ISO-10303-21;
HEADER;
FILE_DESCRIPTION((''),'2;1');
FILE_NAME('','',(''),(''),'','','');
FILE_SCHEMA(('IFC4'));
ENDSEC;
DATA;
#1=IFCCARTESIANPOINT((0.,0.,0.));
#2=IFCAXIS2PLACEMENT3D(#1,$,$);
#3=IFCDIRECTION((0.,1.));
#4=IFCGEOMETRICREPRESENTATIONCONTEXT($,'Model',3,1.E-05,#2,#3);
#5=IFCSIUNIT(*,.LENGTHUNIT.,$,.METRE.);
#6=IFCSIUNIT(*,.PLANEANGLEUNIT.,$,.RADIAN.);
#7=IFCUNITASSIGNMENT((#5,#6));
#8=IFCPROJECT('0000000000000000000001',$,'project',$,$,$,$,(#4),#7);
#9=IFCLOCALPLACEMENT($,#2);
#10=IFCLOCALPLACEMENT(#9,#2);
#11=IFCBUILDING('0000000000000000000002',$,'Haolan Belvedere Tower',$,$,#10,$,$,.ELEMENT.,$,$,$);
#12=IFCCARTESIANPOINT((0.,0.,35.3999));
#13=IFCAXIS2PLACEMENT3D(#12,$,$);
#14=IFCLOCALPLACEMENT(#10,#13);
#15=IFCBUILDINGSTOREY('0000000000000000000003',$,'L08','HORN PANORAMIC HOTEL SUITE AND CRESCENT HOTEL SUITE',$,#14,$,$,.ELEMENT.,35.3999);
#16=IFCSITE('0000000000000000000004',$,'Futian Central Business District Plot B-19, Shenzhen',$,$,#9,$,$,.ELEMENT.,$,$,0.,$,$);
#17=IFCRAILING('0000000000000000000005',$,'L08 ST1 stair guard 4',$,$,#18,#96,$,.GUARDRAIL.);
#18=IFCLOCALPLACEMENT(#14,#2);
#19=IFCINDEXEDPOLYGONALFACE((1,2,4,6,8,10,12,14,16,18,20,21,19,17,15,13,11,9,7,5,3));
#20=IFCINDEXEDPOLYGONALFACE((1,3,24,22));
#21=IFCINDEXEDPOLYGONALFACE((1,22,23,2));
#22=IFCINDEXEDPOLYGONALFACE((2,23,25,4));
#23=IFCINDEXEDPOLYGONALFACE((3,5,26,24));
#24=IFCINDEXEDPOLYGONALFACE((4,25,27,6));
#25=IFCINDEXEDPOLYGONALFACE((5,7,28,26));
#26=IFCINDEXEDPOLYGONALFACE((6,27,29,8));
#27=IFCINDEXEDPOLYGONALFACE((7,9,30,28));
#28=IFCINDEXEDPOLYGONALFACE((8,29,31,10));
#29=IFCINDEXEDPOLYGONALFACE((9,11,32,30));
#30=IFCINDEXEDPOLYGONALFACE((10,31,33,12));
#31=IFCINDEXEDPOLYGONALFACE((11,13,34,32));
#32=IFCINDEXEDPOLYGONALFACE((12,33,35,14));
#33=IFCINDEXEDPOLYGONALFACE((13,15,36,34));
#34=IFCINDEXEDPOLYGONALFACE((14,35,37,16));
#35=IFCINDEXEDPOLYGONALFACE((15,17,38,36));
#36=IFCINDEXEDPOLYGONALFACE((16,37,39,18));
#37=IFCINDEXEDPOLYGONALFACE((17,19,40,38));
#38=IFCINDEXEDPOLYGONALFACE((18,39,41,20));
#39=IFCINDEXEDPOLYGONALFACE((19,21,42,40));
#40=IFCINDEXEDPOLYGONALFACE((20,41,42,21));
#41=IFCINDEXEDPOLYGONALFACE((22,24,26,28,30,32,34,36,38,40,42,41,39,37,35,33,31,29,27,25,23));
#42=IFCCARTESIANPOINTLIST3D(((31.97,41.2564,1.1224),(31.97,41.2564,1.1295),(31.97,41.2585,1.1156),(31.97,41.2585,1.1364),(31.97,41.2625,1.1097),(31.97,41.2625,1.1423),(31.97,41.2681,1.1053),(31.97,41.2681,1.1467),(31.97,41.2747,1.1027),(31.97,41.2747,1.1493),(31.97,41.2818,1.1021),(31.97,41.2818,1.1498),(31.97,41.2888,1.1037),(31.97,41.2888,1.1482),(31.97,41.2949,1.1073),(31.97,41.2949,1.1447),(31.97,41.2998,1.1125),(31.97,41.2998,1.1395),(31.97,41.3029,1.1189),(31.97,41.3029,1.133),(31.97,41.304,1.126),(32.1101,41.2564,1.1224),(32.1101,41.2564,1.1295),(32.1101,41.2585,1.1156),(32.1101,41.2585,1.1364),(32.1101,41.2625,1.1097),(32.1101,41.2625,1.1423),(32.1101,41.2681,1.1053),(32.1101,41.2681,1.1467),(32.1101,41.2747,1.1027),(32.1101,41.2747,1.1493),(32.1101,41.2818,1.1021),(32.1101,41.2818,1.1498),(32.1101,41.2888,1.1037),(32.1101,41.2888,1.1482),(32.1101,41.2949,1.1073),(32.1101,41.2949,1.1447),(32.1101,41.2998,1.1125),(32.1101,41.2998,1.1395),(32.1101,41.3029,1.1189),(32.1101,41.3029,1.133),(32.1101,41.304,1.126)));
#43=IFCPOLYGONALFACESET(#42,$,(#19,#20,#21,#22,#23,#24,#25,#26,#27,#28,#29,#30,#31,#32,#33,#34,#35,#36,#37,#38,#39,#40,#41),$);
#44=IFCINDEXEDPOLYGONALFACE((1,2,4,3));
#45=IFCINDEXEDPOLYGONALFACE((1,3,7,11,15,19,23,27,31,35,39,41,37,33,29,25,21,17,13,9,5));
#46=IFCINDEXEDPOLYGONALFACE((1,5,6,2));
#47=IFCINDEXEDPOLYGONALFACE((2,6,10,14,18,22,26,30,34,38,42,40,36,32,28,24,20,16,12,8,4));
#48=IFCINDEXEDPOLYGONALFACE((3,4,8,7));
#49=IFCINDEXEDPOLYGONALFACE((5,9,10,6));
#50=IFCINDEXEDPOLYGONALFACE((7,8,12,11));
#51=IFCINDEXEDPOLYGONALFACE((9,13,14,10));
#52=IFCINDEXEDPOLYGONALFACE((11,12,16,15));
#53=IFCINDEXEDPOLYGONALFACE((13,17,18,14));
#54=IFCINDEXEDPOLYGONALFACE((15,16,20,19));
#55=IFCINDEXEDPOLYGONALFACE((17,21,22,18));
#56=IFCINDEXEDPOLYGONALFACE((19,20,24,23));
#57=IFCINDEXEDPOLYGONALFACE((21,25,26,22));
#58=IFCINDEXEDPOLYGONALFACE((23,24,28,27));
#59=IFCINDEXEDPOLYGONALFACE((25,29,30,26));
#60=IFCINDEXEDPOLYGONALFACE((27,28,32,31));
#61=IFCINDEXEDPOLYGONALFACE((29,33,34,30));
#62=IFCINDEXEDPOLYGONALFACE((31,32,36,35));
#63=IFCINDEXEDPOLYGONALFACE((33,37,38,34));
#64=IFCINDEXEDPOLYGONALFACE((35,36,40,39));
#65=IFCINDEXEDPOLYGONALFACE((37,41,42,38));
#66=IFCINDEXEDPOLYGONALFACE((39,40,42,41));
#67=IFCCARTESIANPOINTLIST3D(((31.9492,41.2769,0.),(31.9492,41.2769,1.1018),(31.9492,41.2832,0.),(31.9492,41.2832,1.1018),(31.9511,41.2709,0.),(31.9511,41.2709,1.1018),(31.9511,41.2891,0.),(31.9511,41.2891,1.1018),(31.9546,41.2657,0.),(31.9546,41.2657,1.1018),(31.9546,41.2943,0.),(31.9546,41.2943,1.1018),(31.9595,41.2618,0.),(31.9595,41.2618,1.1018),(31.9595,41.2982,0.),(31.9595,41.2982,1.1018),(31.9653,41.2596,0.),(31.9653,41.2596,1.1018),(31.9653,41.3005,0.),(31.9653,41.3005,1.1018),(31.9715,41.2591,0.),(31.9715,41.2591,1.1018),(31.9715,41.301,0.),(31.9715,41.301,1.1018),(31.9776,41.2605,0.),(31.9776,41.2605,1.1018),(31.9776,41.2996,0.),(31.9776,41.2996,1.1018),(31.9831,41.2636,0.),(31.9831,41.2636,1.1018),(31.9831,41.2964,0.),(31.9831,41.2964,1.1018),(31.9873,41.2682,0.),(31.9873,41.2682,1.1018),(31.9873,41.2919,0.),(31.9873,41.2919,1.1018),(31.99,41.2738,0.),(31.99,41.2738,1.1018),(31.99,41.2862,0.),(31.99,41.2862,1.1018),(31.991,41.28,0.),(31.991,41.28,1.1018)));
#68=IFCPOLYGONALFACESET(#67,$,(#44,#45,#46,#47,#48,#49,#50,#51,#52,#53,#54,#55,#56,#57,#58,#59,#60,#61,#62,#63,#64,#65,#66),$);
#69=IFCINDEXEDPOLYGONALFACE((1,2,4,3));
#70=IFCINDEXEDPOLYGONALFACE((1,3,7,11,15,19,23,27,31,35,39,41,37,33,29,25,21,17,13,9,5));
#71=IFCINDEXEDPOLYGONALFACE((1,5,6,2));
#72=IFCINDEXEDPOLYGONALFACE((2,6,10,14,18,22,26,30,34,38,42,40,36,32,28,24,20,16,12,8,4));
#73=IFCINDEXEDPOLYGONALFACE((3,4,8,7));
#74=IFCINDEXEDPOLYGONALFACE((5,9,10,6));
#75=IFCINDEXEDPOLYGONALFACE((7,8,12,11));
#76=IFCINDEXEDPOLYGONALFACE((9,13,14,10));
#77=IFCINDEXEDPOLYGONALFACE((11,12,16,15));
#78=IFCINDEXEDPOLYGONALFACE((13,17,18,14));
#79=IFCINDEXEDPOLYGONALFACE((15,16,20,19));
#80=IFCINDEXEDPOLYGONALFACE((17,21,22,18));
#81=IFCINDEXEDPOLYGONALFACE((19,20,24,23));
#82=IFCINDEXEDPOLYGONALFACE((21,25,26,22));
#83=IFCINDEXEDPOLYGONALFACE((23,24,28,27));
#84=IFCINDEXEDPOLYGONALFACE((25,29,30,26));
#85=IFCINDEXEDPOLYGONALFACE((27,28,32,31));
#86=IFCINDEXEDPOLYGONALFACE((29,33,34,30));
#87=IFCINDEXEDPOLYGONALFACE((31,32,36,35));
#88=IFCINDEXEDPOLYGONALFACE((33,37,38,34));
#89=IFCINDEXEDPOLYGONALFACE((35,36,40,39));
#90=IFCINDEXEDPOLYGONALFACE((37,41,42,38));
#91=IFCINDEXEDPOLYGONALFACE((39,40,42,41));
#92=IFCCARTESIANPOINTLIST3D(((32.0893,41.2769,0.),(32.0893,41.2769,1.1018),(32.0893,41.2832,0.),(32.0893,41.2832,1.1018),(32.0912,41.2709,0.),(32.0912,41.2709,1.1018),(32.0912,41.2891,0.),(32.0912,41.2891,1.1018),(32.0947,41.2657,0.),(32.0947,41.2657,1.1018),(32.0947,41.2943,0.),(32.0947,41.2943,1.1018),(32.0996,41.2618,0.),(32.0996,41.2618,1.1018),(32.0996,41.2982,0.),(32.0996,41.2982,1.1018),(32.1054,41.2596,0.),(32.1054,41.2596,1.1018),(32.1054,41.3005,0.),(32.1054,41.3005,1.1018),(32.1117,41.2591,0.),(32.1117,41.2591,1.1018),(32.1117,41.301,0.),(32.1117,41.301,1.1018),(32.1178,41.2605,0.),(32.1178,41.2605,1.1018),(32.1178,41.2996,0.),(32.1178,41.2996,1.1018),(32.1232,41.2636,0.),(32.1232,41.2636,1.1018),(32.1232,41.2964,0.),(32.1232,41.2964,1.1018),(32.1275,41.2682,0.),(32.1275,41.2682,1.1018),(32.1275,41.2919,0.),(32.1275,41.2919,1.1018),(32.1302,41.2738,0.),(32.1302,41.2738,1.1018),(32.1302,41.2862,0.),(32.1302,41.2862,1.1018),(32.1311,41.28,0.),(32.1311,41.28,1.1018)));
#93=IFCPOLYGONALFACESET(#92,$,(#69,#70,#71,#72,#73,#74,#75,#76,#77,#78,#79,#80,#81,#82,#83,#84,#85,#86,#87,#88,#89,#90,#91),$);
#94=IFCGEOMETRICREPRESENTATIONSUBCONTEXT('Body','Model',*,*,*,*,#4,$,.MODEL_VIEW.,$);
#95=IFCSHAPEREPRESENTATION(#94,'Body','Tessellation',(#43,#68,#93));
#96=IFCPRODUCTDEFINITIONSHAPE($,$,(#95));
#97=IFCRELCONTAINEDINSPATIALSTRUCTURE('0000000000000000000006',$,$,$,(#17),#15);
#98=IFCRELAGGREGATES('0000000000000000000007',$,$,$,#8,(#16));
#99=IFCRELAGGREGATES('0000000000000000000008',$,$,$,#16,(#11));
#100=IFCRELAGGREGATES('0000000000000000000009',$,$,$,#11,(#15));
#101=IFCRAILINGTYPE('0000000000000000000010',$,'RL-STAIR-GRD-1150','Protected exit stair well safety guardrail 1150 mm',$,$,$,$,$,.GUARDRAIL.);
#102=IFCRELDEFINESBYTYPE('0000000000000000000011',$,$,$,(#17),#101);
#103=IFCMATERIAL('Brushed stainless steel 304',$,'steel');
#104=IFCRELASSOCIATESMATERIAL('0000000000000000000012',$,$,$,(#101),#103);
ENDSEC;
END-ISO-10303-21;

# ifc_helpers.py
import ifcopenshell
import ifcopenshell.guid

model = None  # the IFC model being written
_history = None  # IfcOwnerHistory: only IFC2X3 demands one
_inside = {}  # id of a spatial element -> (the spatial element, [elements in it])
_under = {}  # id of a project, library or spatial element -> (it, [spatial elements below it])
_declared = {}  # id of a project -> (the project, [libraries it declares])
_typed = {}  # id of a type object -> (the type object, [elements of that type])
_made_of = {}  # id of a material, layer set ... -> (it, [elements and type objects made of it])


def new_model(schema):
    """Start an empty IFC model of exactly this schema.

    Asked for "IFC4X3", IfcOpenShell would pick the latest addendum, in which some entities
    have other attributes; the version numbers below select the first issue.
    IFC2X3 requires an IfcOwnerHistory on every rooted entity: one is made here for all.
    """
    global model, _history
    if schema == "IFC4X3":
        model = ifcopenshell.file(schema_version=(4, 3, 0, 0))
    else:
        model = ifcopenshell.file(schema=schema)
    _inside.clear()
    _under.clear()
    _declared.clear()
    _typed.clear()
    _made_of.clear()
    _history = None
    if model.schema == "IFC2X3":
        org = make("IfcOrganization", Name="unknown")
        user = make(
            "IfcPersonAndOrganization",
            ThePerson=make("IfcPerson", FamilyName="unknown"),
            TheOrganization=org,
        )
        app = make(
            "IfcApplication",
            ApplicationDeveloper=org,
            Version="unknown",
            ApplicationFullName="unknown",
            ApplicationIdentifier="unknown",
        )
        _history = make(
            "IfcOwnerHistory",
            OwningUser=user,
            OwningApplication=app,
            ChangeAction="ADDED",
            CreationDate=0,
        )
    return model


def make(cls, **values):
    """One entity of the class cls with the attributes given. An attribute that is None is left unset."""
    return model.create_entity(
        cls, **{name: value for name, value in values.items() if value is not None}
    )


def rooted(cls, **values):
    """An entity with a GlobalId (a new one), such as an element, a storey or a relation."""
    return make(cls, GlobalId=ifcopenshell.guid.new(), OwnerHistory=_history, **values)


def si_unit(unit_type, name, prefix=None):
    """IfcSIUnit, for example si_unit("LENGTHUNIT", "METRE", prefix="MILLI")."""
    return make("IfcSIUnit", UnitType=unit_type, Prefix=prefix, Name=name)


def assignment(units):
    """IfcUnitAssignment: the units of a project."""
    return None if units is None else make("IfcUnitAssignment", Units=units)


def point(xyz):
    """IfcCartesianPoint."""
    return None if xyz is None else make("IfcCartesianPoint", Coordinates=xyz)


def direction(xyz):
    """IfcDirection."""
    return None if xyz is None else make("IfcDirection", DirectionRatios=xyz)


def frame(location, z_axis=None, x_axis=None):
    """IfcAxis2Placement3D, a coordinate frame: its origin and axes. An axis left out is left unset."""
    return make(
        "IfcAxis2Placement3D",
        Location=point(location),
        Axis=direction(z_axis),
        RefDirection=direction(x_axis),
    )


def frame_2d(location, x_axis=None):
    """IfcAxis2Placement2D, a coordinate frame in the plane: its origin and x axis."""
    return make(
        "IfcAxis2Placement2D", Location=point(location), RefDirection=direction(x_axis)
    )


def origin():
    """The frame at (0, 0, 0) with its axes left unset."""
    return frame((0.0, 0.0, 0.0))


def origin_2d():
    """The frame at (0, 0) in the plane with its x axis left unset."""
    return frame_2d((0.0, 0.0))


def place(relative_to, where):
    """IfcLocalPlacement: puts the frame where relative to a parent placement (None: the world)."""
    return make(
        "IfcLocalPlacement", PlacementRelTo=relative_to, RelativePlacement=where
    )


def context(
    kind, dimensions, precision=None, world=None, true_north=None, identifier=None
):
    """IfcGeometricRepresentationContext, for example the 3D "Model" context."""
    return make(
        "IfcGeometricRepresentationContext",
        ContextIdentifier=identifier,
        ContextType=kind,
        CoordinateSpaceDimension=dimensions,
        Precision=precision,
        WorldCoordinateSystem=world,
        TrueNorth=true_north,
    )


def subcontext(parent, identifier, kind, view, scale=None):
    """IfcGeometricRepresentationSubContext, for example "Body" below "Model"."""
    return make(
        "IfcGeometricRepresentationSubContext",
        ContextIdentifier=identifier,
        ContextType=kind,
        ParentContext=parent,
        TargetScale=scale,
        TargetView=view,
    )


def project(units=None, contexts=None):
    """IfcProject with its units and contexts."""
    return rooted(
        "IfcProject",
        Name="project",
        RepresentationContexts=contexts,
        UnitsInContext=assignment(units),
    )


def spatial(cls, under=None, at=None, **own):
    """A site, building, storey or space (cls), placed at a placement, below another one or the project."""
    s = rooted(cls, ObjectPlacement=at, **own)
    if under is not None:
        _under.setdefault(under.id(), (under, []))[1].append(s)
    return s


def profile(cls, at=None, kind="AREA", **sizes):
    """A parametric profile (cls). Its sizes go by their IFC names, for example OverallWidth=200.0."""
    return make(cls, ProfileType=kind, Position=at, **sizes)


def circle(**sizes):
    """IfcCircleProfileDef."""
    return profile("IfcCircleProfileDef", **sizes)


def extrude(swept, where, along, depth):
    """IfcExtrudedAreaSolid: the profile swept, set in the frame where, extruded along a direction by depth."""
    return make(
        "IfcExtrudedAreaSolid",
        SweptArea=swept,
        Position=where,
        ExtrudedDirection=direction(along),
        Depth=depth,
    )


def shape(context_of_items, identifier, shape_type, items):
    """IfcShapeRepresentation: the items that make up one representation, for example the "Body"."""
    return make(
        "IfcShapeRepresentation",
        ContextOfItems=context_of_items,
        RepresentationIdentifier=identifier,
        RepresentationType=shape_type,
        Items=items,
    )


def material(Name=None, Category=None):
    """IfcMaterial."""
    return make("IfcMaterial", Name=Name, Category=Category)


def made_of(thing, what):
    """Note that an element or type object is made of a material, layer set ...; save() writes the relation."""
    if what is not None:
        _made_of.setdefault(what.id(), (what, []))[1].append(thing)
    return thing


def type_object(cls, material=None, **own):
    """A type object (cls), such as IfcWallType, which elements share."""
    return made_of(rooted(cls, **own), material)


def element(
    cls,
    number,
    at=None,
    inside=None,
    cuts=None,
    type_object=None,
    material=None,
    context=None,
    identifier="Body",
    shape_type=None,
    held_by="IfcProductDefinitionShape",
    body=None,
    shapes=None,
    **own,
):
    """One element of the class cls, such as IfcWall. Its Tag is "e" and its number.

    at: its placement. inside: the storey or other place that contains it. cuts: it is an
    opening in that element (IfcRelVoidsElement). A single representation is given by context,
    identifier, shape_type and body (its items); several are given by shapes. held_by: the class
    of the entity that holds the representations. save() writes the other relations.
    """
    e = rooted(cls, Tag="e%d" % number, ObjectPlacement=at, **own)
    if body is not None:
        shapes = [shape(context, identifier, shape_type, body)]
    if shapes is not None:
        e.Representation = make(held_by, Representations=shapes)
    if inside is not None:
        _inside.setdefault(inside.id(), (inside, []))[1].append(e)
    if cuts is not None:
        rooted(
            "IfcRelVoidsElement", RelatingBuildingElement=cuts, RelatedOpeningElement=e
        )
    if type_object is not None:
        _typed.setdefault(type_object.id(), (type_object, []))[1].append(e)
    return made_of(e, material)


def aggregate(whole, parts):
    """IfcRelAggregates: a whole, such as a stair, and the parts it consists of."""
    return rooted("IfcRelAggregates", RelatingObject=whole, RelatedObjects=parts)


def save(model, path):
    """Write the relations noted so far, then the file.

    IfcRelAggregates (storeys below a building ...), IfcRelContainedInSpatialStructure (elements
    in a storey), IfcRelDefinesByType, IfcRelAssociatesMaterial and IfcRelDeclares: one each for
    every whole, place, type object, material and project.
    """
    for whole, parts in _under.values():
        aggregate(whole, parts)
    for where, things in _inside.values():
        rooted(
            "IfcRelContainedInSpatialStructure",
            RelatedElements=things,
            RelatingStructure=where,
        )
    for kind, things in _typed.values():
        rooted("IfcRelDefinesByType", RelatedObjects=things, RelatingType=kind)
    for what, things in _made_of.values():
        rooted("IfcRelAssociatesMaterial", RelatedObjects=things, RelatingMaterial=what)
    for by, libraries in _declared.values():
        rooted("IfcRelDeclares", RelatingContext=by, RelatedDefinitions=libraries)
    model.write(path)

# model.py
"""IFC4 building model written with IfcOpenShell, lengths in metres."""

from ifc_helpers import new_model, si_unit, direction, frame, origin, origin_2d, place, context, subcontext, project, spatial, circle, extrude, material, type_object, element, save


model = new_model("IFC4")

# Units and contexts
model_context = context("Model", 3, precision=1e-05, world=origin(), true_north=direction((0.0, 1.0)))
body_context = subcontext(model_context, "Body", "Model", "MODEL_VIEW")
ifc_project = project(units=[si_unit("LENGTHUNIT", "METRE"), si_unit("PLANEANGLEUNIT", "RADIAN")], contexts=[model_context])

# Site, building, storey
site_placement = place(None, origin())
site = spatial("IfcSite", under=ifc_project, at=site_placement, Name="Futian Central Business District Plot B-19, Shenzhen", CompositionType="ELEMENT", RefElevation=0.0)
building_placement = place(site_placement, origin())
building = spatial("IfcBuilding", under=site, at=building_placement, Name="Haolan Belvedere Tower", CompositionType="ELEMENT")
storey_placement = place(building_placement, frame((0.0, 0.0, 35.3999)))
storey = spatial("IfcBuildingStorey", under=building, at=storey_placement, Name="L08", Description="HORN PANORAMIC HOTEL SUITE AND CRESCENT HOTEL SUITE", CompositionType="ELEMENT", Elevation=35.3999)

# Railing
ifc_material_1 = material(Name="Brushed stainless steel 304", Category="steel")
railing_type_1 = type_object("IfcRailingType", Name="RL-STAIR-GRD-1150", Description="Protected exit stair well safety guardrail 1150 mm", PredefinedType="GUARDRAIL", material=ifc_material_1)
railing_1_placement = place(storey_placement, frame((31.97, 41.28, 0.0)))
element("IfcRailing", 1, at=railing_1_placement, inside=storey, type_object=railing_type_1, Name="L08 ST1 stair guard 4", PredefinedType="GUARDRAIL", context=body_context, shape_type="SweptSolid", body=[
    extrude(circle(Radius=0.0239, at=origin_2d()), frame((0.0, 0.0, 1.126), z_axis=(1.0, 0.0, 0.0), x_axis=(0.0, 1.0, 0.0)), (0.0, 0.0, 1.0), 0.1401),
    extrude(circle(Radius=0.021, at=origin_2d()), origin(), (0.0, 0.0, 1.0), 1.1018),
    extrude(circle(Radius=0.021, at=origin_2d()), frame((0.1401, 0.0, 0.0)), (0.0, 0.0, 1.0), 1.1018),
])

save(model, "model.ifc")
